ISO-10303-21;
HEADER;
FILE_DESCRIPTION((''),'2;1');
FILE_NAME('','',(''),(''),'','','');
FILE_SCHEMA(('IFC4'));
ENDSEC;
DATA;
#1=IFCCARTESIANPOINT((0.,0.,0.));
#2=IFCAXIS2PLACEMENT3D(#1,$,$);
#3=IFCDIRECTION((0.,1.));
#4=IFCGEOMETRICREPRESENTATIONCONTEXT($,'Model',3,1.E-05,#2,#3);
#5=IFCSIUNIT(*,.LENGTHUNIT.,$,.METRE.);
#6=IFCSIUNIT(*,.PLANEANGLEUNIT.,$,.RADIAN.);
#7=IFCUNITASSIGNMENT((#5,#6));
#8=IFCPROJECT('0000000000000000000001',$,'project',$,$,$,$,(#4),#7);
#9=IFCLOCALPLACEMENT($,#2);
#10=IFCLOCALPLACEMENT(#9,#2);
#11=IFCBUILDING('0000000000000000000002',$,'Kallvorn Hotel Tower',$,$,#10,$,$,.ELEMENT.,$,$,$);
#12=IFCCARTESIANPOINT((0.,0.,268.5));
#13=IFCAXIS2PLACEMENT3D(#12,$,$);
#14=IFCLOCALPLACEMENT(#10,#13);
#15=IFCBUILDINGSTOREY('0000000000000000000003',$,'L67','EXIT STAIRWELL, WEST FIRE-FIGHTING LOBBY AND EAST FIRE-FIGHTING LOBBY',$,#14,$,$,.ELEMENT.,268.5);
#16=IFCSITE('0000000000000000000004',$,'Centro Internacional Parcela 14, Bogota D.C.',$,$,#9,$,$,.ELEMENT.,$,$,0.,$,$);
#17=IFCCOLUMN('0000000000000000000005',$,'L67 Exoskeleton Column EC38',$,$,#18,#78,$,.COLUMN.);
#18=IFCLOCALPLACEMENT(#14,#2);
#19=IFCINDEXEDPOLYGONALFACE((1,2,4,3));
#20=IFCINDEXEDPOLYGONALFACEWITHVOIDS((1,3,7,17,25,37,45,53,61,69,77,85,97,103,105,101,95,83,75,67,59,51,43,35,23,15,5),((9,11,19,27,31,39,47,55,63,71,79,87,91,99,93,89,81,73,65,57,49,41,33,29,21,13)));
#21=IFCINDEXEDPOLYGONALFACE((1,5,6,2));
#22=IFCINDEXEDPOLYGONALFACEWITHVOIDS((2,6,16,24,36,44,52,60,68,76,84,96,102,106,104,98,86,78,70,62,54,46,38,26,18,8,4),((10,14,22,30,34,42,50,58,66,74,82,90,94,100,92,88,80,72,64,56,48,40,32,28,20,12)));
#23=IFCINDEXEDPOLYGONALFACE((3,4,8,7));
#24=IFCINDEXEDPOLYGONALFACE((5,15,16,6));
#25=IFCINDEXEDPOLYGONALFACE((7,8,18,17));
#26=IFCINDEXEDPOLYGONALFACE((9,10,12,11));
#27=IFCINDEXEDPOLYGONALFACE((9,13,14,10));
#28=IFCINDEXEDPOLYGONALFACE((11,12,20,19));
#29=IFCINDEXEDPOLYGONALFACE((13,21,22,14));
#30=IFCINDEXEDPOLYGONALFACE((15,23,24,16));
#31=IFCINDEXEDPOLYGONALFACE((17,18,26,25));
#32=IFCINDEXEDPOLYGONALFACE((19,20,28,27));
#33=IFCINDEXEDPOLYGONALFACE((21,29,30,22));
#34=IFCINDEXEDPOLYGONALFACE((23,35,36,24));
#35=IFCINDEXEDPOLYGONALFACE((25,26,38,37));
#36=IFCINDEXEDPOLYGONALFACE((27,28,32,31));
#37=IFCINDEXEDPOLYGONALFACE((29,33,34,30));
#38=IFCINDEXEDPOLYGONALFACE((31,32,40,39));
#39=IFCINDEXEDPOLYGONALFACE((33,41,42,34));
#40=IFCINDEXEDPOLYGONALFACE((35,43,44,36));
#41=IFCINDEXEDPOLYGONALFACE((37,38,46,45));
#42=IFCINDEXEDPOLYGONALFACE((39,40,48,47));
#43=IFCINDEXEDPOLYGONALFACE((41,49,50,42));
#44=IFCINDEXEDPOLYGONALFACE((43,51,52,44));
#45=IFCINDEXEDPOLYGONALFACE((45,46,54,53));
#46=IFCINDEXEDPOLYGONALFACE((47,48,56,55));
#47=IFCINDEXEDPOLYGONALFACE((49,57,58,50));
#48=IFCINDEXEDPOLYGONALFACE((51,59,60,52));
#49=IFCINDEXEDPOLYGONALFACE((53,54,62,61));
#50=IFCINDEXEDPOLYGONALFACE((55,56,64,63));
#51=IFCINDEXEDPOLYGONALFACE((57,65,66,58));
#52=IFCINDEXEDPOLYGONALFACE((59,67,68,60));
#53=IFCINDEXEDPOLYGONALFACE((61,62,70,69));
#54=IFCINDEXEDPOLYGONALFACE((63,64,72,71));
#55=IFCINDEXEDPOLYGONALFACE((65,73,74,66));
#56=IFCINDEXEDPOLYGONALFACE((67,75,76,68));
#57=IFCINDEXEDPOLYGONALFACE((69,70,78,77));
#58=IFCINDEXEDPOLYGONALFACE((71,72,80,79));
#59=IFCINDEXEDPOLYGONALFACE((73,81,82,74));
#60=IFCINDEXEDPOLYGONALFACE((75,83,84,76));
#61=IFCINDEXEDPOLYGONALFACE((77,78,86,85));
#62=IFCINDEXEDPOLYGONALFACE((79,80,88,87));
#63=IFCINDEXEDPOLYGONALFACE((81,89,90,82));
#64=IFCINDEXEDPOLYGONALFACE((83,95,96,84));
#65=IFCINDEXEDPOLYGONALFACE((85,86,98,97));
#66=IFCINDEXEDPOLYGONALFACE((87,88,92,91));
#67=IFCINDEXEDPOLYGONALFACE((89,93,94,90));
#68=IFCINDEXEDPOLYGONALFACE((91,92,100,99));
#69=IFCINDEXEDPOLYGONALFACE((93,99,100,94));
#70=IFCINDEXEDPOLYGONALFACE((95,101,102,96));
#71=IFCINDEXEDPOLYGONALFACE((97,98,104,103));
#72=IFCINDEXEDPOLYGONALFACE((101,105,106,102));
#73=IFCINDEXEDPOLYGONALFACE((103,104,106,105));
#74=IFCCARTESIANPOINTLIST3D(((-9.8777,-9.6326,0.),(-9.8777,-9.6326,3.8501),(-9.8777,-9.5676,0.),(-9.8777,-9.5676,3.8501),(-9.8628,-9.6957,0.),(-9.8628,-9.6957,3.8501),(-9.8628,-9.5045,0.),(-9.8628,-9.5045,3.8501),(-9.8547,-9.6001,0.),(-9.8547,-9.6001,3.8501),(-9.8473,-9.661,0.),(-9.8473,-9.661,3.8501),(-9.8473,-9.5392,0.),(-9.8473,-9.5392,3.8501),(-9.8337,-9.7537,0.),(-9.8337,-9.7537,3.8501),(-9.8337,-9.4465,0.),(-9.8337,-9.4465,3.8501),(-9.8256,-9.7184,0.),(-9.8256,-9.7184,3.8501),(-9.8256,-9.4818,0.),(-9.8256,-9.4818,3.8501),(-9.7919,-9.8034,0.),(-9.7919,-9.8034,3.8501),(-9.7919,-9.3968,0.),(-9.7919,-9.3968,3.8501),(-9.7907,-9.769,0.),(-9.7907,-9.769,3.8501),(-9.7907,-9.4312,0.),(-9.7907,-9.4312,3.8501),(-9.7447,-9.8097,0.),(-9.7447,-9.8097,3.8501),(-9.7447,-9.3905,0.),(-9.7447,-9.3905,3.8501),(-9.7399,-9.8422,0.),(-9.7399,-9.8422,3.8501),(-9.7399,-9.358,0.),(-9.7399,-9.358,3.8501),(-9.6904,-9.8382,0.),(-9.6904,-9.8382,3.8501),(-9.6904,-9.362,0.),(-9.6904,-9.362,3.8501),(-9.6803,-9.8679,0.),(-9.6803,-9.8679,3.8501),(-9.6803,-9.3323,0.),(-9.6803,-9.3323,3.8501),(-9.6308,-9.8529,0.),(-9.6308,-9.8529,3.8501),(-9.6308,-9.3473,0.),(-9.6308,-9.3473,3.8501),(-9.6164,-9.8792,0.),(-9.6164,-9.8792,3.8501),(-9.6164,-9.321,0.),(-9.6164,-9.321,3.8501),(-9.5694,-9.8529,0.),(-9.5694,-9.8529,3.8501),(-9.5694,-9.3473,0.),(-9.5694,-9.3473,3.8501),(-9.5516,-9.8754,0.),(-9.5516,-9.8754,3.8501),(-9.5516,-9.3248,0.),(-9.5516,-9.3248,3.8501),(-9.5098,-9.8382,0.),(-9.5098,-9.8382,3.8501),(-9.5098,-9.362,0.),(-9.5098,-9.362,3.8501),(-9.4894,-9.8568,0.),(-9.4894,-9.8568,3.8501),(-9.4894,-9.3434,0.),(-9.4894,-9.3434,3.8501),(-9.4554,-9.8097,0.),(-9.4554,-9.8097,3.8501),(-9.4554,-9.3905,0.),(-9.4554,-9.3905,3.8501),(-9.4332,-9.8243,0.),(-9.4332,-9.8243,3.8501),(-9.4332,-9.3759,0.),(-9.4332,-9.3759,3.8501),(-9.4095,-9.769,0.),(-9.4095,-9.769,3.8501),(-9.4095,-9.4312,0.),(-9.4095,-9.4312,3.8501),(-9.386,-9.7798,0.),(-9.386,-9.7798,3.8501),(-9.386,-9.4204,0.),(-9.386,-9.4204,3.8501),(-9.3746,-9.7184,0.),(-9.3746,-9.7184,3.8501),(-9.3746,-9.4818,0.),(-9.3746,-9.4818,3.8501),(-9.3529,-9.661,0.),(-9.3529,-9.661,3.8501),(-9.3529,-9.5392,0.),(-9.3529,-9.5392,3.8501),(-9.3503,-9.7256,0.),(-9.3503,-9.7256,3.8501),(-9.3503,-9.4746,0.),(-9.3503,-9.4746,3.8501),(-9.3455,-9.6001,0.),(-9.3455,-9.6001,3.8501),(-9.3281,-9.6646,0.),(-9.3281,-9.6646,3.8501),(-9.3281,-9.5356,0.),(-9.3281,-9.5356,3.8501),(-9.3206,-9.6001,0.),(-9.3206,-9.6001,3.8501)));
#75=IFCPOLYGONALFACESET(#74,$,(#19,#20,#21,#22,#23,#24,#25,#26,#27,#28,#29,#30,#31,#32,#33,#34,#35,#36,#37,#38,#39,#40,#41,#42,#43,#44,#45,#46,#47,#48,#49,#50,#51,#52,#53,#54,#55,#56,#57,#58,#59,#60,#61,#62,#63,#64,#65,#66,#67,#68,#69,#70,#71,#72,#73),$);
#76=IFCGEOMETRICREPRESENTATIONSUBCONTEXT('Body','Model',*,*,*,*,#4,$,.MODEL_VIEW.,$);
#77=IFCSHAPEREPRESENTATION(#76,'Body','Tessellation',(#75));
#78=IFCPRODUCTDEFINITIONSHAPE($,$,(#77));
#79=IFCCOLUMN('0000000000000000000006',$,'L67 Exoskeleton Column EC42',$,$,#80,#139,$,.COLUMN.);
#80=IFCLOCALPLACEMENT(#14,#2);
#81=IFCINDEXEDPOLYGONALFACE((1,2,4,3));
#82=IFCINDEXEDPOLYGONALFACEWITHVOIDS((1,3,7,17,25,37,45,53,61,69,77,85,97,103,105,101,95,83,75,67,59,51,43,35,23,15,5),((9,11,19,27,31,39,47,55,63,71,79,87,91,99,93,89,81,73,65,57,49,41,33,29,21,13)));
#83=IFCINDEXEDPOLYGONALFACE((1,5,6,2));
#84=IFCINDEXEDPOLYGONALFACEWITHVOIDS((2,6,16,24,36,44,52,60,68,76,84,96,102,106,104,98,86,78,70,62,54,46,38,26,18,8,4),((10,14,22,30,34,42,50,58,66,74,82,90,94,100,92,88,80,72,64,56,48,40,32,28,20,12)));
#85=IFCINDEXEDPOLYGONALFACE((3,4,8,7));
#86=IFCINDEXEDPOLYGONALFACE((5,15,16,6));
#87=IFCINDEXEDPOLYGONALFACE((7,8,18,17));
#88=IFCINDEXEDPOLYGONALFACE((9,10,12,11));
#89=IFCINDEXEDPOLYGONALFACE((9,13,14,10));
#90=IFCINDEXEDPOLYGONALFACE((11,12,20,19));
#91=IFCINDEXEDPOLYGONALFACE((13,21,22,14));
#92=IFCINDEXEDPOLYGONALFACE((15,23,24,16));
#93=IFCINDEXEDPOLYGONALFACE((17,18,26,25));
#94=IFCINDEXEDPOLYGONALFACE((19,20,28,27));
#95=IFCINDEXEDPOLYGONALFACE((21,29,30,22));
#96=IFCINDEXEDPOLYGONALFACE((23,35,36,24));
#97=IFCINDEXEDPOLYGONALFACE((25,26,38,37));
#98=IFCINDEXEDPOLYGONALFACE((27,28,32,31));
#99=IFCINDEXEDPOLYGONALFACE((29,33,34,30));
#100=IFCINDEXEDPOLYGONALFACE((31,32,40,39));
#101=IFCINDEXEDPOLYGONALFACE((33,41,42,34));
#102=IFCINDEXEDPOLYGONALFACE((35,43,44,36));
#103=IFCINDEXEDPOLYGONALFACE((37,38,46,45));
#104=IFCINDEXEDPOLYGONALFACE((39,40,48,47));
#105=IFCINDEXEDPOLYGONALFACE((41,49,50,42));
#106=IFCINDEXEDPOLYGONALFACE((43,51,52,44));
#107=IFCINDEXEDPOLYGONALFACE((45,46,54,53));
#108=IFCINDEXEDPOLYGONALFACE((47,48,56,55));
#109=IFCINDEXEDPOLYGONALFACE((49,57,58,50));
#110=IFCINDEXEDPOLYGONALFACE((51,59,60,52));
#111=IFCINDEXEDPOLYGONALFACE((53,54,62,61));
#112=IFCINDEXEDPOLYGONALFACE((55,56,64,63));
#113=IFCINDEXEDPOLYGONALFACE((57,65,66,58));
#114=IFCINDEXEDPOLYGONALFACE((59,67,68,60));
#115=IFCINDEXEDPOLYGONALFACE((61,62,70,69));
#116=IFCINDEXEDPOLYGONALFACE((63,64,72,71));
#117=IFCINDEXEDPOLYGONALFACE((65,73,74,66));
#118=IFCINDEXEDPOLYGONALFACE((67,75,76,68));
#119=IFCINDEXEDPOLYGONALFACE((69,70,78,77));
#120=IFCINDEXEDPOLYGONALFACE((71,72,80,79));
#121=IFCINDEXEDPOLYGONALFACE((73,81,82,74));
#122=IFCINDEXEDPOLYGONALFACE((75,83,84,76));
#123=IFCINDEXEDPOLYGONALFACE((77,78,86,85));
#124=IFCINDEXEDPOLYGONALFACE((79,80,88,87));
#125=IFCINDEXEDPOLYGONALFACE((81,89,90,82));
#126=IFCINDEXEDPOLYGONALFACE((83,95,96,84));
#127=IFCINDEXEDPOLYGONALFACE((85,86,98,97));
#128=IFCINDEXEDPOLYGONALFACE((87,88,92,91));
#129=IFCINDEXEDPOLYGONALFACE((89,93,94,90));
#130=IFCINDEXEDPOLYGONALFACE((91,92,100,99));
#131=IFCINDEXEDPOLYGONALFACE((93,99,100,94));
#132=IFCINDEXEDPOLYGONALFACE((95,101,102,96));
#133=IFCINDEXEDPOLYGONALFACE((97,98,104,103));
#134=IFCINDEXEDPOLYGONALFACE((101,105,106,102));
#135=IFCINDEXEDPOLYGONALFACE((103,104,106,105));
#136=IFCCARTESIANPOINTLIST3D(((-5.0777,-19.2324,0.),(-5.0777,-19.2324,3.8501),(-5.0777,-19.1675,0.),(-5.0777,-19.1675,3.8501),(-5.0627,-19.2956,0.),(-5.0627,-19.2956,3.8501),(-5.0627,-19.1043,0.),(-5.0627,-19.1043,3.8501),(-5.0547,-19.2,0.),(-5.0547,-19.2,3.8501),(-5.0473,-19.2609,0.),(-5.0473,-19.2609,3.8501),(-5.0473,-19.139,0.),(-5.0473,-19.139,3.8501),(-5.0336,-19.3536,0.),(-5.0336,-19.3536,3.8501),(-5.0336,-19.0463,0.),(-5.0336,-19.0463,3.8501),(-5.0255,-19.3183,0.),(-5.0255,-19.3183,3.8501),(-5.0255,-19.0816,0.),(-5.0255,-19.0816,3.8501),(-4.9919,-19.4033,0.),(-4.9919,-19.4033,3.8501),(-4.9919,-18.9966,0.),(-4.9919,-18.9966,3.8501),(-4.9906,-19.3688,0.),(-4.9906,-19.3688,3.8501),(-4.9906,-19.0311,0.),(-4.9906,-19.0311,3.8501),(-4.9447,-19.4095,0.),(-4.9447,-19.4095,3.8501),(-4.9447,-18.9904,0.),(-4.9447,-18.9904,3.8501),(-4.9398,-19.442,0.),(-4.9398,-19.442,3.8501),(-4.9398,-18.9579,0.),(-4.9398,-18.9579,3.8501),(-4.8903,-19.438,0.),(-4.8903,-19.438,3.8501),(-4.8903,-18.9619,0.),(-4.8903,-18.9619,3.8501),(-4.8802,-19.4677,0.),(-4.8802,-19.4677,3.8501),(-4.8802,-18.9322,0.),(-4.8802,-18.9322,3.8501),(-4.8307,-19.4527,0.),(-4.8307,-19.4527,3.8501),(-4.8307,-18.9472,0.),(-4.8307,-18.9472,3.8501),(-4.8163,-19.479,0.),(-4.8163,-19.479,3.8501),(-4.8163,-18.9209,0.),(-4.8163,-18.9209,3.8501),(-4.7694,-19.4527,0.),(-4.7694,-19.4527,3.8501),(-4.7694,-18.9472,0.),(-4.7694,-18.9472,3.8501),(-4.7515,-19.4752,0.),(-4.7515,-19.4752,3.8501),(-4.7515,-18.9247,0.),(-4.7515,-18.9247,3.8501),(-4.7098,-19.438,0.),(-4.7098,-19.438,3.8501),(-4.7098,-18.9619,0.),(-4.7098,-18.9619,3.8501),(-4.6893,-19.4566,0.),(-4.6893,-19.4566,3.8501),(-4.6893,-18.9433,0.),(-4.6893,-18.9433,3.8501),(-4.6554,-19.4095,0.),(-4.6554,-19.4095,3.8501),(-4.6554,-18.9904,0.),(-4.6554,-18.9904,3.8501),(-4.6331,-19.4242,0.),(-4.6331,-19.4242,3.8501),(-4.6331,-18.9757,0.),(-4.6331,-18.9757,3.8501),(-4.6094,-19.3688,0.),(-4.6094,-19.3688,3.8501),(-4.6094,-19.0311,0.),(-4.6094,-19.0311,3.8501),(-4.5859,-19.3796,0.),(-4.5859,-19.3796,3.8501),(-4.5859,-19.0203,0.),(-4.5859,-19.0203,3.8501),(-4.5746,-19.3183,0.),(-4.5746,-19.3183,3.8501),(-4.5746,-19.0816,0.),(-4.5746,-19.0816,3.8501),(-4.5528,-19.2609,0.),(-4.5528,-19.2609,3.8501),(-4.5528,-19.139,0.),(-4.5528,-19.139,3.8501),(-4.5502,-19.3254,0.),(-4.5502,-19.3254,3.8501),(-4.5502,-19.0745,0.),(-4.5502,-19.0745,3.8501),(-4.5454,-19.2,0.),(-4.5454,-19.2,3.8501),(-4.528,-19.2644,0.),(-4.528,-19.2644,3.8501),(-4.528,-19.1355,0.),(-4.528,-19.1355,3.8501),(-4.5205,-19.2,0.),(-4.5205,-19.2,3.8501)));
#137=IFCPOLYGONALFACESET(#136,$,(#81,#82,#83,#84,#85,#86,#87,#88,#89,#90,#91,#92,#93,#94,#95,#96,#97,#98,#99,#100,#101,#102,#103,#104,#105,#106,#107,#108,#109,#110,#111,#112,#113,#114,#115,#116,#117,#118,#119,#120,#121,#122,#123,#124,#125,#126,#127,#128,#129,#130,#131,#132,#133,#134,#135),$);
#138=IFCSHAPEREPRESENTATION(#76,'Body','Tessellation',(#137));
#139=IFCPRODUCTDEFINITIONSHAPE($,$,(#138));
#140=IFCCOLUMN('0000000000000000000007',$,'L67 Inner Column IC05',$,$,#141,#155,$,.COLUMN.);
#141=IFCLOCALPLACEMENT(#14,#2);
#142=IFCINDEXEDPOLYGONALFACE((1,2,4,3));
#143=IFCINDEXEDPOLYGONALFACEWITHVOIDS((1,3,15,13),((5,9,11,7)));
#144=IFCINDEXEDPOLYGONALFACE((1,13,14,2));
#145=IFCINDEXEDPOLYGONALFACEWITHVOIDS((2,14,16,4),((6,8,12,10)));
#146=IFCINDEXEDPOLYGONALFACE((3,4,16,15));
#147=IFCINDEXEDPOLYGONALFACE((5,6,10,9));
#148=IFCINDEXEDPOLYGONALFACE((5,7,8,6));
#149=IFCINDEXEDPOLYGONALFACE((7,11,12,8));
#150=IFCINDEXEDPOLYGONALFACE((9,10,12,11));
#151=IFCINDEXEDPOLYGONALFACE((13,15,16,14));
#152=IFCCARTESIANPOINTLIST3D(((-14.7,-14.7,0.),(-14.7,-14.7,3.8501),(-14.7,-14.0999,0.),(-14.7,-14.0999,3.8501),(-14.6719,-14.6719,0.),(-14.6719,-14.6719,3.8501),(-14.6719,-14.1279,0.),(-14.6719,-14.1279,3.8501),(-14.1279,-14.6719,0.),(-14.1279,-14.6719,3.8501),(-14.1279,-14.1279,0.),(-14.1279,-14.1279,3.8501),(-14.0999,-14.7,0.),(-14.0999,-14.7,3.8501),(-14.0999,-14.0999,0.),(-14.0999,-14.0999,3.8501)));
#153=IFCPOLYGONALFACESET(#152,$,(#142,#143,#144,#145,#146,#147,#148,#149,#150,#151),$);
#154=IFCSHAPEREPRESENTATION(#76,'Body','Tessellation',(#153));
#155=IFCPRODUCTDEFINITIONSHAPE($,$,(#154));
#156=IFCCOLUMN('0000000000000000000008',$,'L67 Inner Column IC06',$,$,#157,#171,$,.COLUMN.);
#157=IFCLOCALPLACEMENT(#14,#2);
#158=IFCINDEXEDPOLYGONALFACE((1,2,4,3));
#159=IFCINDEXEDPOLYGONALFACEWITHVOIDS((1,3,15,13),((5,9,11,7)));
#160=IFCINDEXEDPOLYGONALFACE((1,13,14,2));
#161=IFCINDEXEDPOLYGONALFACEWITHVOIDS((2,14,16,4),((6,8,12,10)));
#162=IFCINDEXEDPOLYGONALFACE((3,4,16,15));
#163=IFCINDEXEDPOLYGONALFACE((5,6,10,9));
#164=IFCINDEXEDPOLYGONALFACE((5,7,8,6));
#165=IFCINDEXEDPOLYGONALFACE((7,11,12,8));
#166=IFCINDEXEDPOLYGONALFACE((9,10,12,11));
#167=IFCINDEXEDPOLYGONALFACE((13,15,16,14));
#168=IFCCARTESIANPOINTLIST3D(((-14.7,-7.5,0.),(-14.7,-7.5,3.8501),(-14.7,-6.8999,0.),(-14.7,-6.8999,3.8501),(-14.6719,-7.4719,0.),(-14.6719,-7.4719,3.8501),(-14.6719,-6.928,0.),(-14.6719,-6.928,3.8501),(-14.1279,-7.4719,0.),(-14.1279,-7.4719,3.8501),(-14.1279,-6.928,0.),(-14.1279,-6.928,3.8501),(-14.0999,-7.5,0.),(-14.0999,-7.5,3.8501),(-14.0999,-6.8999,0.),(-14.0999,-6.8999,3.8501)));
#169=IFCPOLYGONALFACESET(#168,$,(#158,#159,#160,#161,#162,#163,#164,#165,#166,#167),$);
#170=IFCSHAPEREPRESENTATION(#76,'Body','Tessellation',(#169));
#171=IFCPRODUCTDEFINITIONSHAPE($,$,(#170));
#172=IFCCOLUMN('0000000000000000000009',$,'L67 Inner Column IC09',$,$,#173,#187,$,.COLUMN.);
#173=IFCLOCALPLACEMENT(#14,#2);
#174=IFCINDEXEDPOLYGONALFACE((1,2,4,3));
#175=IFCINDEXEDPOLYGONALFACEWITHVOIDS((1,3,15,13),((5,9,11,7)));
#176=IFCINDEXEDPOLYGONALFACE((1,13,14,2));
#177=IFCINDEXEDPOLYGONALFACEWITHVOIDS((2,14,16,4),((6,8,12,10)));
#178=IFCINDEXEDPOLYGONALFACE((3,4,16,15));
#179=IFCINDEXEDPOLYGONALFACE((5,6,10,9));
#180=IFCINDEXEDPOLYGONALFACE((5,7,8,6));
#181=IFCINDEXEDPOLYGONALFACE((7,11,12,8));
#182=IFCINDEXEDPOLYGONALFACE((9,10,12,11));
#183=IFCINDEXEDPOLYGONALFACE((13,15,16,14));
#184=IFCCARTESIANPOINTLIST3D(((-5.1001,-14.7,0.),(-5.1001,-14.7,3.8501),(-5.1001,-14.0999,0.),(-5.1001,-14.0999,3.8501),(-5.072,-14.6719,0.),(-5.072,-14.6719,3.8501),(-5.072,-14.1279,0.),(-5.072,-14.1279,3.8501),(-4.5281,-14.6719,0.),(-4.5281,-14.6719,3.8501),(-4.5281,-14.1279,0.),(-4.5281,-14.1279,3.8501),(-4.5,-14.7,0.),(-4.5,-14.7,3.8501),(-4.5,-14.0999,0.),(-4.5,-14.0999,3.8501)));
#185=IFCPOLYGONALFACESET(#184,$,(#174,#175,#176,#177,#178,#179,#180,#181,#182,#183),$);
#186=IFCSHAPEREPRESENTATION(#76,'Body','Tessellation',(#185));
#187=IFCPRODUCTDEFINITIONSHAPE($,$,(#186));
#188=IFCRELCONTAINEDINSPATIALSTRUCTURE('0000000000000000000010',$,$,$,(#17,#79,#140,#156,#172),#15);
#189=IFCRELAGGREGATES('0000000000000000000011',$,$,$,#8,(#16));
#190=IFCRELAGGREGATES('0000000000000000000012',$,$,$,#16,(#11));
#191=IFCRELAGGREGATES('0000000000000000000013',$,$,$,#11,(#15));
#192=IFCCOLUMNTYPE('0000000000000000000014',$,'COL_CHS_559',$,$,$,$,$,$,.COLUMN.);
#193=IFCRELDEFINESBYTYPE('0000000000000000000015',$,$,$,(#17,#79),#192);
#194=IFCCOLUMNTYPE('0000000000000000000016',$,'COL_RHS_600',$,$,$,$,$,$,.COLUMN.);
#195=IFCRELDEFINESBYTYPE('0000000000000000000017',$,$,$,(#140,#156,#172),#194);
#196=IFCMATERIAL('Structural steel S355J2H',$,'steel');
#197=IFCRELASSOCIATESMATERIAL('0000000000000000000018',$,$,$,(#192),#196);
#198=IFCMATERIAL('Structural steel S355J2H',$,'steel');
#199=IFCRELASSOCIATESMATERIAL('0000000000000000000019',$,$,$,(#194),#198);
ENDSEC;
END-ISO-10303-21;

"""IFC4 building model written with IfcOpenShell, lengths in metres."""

from ifc_helpers import new_model, si_unit, direction, frame, origin, origin_2d, place, context, subcontext, project, spatial, hollow_rectangle, hollow_circle, extrude, material, material_profile, profile_set, type_object, element, save


model = new_model("IFC4")

# Units and contexts
model_context = context("Model", 3, precision=1e-05, world=origin(), true_north=direction((0.0, 1.0)))
body_context = subcontext(model_context, "Body", "Model", "MODEL_VIEW")
ifc_project = project(units=[si_unit("LENGTHUNIT", "METRE"), si_unit("PLANEANGLEUNIT", "RADIAN")], contexts=[model_context])

# Site, building, storey
site_placement = place(None, origin())
site = spatial("IfcSite", under=ifc_project, at=site_placement, Name="Centro Internacional Parcela 14, Bogota D.C.", CompositionType="ELEMENT", RefElevation=0.0)
building_placement = place(site_placement, origin())
building = spatial("IfcBuilding", under=site, at=building_placement, Name="Kallvorn Hotel Tower", CompositionType="ELEMENT")
storey_placement = place(building_placement, frame((0.0, 0.0, 268.5)))
storey = spatial("IfcBuildingStorey", under=building, at=storey_placement, Name="L67", Description="EXIT STAIRWELL, WEST FIRE-FIGHTING LOBBY AND EAST FIRE-FIGHTING LOBBY", CompositionType="ELEMENT", Elevation=268.5)

# Columns
ifc_material_1 = material(Name="Structural steel S355J2H", Category="steel")
ifc_material_profile_1 = material_profile(ifc_material_1, hollow_circle(Radius=0.2795, WallThickness=0.0249, at=origin_2d()), Name="CHS 559x25")
ifc_profile_set_1 = profile_set([ifc_material_profile_1], Name="Structural steel S355J2H")
column_type_1 = type_object("IfcColumnType", Name="COL_CHS_559", PredefinedType="COLUMN", material=ifc_profile_set_1)
for number, where, z_axis, x_axis, name in (
    (1, (-9.6001, -9.6001, 0.0), (0.0, 0.0, 1.0), (1.0, 0.0, 0.0), "L67 Exoskeleton Column EC38"),
    (2, (-4.8, -19.2, 0.0), (0.0, 0.0, 1.0), (1.0, 0.0, 0.0), "L67 Exoskeleton Column EC42"),
):
    element("IfcColumn", number, at=place(storey_placement, frame(where, z_axis=z_axis, x_axis=x_axis)), inside=storey, type_object=column_type_1, Name=name, PredefinedType="COLUMN", context=body_context, shape_type="SweptSolid", body=[
        extrude(hollow_circle(Radius=0.2795, WallThickness=0.0249, at=origin_2d()), origin(), (0.0, 0.0, 1.0), 3.8501),
    ])
ifc_material_2 = material(Name="Structural steel S355J2H", Category="steel")
ifc_material_profile_2 = material_profile(ifc_material_2, hollow_rectangle(XDim=0.6001, YDim=0.6001, WallThickness=0.0281, at=origin_2d()), Name="RHS 600x600x28")
ifc_profile_set_2 = profile_set([ifc_material_profile_2], Name="Structural steel S355J2H")
column_type_2 = type_object("IfcColumnType", Name="COL_RHS_600", PredefinedType="COLUMN", material=ifc_profile_set_2)
for number, where, z_axis, x_axis, name in (
    (3, (-14.3999, -14.3999, 0.0), (0.0, 0.0, 1.0), (1.0, 0.0, 0.0), "L67 Inner Column IC05"),
    (4, (-14.3999, -7.2, 0.0), (0.0, 0.0, 1.0), (1.0, 0.0, 0.0), "L67 Inner Column IC06"),
    (5, (-4.8, -14.3999, 0.0), (0.0, 0.0, 1.0), (1.0, 0.0, 0.0), "L67 Inner Column IC09"),
):
    element("IfcColumn", number, at=place(storey_placement, frame(where, z_axis=z_axis, x_axis=x_axis)), inside=storey, type_object=column_type_2, Name=name, PredefinedType="COLUMN", context=body_context, shape_type="SweptSolid", body=[
        extrude(hollow_rectangle(XDim=0.6001, YDim=0.6001, WallThickness=0.0281, at=origin_2d()), origin(), (0.0, 0.0, 1.0), 3.8501),
    ])

save(model, "model.ifc")
